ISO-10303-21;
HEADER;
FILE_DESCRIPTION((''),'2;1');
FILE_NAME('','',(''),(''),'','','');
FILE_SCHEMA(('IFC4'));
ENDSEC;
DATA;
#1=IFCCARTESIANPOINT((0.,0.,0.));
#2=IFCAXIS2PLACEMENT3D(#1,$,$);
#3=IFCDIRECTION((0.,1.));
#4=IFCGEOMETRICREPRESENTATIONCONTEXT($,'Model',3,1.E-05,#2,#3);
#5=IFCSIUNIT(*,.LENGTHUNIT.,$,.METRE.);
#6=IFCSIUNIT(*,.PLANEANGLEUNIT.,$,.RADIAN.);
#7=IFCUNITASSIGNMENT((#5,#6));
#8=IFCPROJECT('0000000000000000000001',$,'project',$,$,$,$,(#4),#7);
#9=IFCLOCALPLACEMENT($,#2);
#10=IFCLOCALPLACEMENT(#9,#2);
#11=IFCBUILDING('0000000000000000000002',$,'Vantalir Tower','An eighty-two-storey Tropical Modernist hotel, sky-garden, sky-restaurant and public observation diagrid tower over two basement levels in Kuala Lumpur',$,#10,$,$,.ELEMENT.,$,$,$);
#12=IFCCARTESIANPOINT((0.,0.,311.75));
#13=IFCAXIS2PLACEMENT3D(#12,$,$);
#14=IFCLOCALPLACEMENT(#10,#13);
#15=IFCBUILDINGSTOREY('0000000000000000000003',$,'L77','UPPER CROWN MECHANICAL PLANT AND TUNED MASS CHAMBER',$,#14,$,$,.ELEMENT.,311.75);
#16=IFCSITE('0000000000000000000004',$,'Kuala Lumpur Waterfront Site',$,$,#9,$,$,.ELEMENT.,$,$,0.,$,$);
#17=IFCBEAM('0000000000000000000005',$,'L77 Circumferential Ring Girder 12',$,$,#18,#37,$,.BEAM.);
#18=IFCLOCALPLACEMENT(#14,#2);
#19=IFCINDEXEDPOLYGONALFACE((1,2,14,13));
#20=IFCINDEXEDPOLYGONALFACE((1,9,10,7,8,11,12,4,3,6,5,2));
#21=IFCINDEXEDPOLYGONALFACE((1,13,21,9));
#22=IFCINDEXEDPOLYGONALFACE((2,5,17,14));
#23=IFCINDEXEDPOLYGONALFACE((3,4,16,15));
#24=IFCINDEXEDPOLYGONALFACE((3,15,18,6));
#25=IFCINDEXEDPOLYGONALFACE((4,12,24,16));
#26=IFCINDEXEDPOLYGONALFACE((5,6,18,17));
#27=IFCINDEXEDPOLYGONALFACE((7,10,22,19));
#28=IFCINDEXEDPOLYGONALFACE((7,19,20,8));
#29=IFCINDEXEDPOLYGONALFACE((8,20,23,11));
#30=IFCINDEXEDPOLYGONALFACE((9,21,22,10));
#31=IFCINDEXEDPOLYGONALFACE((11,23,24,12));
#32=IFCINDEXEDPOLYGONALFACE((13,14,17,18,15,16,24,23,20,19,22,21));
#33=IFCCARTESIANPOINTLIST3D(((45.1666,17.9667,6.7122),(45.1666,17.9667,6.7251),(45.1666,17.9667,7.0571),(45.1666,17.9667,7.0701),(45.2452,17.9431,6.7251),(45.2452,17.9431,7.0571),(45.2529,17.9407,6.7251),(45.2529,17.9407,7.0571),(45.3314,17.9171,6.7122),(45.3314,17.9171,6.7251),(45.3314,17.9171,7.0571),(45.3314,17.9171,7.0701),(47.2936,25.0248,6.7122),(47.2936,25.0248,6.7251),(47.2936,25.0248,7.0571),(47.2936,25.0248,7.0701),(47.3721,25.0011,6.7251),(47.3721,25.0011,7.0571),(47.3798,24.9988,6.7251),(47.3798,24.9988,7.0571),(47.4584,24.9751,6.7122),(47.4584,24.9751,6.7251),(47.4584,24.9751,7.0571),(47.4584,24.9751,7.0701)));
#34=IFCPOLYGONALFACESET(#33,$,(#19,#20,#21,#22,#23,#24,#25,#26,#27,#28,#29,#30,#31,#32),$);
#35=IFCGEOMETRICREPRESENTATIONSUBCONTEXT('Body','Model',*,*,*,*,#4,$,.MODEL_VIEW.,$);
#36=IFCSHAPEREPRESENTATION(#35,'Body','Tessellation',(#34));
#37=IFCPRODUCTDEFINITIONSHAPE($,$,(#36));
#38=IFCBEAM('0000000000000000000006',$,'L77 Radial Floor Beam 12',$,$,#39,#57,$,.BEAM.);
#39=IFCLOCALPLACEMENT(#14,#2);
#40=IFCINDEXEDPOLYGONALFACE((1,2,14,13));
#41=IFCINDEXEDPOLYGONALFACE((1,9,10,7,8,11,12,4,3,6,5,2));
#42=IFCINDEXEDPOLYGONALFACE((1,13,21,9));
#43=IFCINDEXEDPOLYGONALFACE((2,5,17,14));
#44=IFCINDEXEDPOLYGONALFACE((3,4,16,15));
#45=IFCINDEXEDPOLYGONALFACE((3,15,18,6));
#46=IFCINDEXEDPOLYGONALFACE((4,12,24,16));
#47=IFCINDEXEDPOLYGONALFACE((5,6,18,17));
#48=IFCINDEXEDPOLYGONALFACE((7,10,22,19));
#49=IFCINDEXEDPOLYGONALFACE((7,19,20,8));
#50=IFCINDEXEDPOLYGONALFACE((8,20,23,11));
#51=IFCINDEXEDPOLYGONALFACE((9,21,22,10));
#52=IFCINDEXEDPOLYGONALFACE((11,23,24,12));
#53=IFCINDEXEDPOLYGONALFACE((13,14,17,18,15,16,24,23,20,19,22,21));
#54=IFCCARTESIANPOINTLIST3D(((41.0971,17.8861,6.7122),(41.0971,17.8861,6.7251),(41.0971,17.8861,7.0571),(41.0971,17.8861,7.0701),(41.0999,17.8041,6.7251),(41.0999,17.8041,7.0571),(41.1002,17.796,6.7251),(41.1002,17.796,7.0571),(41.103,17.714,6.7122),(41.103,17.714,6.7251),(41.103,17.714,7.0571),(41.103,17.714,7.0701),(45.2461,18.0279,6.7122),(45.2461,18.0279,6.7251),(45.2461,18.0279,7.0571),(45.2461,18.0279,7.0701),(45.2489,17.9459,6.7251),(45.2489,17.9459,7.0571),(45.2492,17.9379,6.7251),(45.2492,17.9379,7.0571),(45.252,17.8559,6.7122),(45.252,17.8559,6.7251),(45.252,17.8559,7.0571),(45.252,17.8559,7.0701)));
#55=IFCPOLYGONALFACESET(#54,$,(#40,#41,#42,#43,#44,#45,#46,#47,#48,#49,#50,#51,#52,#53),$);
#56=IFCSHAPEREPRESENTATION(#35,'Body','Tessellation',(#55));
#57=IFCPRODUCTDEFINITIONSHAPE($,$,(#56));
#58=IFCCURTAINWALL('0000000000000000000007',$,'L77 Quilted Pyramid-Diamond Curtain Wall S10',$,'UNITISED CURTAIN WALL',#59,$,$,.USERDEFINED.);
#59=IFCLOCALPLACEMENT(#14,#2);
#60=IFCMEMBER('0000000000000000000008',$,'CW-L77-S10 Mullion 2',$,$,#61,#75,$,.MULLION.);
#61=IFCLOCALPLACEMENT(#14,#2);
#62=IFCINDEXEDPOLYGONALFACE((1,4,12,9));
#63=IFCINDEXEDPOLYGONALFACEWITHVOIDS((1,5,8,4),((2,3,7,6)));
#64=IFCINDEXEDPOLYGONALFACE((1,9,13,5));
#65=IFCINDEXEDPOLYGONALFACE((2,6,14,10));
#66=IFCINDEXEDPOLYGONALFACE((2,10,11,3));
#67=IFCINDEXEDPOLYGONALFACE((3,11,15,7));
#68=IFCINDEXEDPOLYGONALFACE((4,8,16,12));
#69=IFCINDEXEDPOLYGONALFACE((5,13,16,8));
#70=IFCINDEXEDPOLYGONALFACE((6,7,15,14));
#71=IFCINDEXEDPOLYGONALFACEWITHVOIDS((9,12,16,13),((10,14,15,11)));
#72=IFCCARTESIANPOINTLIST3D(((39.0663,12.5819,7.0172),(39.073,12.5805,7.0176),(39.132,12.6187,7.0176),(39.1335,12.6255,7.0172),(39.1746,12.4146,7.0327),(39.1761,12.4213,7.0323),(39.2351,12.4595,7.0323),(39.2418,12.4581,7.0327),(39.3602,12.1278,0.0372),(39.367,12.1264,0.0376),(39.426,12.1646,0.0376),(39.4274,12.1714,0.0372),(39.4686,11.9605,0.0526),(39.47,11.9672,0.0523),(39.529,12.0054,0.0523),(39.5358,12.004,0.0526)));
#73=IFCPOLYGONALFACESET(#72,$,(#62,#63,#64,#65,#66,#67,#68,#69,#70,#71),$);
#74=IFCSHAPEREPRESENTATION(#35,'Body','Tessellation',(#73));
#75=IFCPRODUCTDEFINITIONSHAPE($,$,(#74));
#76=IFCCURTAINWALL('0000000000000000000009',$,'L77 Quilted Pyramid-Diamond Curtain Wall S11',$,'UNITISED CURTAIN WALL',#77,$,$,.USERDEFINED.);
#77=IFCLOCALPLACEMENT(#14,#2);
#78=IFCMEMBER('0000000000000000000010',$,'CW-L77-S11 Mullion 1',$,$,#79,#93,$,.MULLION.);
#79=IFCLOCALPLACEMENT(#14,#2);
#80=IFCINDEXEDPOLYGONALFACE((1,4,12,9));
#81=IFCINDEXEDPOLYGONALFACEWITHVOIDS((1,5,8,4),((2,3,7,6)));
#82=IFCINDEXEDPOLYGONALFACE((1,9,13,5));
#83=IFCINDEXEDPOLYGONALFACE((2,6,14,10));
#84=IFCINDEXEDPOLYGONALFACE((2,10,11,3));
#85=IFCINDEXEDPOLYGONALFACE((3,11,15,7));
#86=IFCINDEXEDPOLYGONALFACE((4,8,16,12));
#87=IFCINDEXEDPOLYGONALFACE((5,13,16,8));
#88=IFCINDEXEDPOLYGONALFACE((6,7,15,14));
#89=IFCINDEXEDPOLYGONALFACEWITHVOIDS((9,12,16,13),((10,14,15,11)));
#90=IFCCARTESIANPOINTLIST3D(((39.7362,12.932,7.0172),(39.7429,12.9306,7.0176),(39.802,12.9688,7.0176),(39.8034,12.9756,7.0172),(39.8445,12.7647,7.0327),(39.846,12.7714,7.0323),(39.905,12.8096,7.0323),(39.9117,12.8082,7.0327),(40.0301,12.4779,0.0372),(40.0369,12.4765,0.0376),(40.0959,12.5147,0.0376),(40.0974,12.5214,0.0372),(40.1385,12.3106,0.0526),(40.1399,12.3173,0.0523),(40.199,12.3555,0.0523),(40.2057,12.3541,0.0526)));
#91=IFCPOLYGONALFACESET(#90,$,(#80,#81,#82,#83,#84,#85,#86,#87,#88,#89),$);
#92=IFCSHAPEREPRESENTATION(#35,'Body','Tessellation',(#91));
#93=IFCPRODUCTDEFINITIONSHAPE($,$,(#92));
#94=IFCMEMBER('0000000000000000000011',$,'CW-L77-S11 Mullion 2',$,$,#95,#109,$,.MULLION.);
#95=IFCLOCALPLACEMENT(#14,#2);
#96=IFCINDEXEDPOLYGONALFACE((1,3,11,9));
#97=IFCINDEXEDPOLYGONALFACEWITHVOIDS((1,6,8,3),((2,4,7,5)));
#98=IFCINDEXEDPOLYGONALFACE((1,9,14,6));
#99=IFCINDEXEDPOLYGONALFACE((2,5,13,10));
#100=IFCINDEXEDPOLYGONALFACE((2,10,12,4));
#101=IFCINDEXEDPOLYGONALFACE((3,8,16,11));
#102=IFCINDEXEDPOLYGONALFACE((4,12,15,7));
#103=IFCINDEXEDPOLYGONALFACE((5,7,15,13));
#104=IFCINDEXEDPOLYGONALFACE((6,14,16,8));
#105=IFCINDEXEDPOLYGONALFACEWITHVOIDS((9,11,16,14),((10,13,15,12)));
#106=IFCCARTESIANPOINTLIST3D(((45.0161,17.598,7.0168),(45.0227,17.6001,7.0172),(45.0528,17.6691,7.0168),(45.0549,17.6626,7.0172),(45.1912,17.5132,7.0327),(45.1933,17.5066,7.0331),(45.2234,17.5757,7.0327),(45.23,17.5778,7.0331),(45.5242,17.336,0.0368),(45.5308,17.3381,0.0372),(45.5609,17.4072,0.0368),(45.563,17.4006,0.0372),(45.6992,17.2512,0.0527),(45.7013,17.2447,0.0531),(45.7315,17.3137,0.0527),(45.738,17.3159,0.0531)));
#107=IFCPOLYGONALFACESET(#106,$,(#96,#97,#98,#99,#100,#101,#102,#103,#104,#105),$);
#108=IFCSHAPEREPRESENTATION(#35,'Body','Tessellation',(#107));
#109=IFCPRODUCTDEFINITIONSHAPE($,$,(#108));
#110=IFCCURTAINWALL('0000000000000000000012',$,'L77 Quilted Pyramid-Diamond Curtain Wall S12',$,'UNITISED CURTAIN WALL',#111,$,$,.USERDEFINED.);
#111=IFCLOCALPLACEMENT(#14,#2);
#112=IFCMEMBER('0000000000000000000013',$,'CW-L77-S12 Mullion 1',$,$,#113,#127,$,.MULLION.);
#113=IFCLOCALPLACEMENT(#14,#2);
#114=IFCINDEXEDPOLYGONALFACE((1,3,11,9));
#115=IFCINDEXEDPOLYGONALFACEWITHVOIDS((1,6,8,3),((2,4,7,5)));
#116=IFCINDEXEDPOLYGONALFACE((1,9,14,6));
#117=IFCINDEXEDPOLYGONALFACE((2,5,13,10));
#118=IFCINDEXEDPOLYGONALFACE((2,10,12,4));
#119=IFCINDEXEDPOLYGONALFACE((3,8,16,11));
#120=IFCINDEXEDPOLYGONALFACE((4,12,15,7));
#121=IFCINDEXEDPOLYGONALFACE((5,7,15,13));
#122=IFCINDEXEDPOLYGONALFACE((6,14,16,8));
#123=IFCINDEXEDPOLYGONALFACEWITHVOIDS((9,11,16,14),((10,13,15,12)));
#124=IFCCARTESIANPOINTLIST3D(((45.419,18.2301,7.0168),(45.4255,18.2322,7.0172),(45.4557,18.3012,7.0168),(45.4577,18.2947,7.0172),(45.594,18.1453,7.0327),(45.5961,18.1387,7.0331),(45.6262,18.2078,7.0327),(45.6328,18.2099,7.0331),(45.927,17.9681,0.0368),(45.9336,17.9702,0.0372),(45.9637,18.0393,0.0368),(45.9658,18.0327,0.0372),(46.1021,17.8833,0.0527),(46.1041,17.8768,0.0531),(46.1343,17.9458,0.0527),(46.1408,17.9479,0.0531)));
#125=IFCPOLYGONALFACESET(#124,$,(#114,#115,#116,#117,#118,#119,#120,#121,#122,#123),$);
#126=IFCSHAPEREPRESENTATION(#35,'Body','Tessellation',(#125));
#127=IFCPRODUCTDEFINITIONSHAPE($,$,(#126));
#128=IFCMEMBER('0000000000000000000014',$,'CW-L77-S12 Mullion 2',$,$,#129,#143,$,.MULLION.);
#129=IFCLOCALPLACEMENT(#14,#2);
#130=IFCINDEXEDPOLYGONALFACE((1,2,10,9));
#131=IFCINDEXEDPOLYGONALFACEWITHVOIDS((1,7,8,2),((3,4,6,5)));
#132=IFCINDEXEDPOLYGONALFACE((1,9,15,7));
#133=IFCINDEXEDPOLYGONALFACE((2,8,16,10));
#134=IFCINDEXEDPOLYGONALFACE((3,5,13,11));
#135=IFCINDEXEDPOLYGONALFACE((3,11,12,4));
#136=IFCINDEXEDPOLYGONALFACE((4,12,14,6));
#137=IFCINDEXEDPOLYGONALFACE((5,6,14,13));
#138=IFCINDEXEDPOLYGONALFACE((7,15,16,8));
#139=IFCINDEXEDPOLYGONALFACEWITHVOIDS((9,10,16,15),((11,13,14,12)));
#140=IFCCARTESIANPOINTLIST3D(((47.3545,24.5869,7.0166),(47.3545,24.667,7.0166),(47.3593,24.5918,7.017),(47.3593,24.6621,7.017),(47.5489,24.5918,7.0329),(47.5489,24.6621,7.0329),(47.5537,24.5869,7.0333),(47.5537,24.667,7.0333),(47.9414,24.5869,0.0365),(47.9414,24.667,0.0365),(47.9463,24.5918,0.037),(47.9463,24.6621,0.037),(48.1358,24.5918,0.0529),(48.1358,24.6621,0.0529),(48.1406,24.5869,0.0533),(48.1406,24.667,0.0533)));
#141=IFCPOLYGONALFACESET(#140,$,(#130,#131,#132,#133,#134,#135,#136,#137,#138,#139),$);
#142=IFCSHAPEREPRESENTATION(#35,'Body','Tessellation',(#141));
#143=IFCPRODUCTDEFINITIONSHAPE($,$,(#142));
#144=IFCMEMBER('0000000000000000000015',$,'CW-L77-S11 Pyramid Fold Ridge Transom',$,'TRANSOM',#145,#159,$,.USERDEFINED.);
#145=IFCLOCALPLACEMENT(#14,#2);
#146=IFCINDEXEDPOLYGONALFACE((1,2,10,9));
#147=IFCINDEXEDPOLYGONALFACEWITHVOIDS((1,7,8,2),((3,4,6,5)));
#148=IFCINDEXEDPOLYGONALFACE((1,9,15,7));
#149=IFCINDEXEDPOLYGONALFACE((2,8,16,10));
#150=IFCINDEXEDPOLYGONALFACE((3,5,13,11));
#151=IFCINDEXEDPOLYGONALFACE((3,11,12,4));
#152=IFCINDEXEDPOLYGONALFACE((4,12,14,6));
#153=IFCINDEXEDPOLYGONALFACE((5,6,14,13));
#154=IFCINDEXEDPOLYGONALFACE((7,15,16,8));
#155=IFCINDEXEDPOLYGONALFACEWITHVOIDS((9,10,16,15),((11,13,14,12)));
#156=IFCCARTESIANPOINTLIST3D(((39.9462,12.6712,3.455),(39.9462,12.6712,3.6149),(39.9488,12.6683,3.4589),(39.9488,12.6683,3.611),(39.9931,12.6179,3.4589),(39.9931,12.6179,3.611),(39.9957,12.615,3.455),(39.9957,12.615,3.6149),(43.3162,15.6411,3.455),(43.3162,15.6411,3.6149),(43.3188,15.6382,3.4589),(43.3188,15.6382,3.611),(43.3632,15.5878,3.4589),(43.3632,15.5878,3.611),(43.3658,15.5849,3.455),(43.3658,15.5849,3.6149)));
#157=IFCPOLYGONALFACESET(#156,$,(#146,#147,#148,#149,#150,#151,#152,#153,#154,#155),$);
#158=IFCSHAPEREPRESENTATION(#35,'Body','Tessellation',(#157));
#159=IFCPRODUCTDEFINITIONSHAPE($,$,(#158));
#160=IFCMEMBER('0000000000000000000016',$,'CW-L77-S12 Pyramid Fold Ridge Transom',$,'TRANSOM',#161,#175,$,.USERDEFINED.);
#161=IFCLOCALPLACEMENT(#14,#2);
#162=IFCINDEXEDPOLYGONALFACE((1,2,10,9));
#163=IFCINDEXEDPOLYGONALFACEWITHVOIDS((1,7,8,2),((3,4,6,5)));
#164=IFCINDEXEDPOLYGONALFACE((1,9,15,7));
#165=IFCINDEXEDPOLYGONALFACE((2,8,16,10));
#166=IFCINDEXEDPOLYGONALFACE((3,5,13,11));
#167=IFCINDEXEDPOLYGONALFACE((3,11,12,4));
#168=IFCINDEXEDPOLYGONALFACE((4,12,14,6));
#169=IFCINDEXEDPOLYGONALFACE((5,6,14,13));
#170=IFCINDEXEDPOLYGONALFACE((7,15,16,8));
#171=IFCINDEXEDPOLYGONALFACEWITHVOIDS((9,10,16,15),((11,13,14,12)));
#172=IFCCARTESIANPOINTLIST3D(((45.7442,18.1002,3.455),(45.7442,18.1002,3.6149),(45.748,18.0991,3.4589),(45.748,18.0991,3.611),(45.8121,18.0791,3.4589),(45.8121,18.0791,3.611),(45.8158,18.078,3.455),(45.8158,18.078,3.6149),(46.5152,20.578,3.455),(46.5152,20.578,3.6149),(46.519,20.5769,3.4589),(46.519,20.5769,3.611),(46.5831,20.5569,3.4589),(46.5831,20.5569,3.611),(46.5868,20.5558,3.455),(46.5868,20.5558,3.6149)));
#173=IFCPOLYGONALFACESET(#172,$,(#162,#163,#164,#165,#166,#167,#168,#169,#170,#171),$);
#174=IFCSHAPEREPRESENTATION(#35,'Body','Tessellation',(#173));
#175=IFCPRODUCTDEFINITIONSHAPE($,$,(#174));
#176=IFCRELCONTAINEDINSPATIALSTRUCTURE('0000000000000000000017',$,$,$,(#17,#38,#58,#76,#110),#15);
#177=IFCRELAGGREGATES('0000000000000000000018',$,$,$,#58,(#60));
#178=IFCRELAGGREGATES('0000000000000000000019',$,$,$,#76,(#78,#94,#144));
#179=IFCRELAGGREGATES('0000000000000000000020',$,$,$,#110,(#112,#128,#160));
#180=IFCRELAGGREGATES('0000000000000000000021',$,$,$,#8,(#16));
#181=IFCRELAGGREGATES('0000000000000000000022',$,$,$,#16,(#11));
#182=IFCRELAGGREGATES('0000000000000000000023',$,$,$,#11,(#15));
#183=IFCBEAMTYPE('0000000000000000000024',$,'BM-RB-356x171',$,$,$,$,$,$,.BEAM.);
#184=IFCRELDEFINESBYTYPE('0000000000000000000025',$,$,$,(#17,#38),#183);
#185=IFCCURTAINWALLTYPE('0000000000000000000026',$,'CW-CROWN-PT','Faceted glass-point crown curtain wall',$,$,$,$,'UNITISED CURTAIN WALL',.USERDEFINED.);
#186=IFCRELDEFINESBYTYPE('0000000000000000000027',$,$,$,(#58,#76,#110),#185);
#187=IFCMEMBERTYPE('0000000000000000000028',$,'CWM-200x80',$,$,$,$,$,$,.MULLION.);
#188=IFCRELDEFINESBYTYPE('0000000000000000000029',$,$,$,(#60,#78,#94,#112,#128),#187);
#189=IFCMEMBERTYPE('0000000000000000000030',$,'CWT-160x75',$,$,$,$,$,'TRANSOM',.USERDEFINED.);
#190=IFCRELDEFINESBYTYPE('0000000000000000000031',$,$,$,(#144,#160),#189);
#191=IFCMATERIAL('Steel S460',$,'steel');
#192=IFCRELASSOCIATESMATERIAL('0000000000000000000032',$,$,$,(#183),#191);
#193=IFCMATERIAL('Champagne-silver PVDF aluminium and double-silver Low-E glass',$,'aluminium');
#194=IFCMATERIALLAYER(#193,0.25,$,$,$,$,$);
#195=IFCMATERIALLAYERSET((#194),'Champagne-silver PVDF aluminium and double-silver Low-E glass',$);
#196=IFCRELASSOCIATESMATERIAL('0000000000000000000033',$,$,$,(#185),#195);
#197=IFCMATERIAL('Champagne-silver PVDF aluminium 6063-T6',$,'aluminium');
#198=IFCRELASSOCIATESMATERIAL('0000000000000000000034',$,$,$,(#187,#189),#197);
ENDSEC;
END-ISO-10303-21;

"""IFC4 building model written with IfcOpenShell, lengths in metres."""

from ifc_helpers import new_model, si_unit, direction, frame, origin, origin_2d, place, context, subcontext, project, spatial, hollow_rectangle, i_section, extrude, material, layer, layer_set, material_profile, profile_set, type_object, element, aggregate, save


model = new_model("IFC4")

# Units and contexts
model_context = context("Model", 3, precision=1e-05, world=origin(), true_north=direction((0.0, 1.0)))
body_context = subcontext(model_context, "Body", "Model", "MODEL_VIEW")
ifc_project = project(units=[si_unit("LENGTHUNIT", "METRE"), si_unit("PLANEANGLEUNIT", "RADIAN")], contexts=[model_context])

# Site, building, storey
site_placement = place(None, origin())
site = spatial("IfcSite", under=ifc_project, at=site_placement, Name="Kuala Lumpur Waterfront Site", CompositionType="ELEMENT", RefElevation=0.0)
building_placement = place(site_placement, origin())
building = spatial("IfcBuilding", under=site, at=building_placement, Name="Vantalir Tower", Description="An eighty-two-storey Tropical Modernist hotel, sky-garden, sky-restaurant and public observation diagrid tower over two basement levels in Kuala Lumpur", CompositionType="ELEMENT")
storey_placement = place(building_placement, frame((0.0, 0.0, 311.75)))
storey = spatial("IfcBuildingStorey", under=building, at=storey_placement, Name="L77", Description="UPPER CROWN MECHANICAL PLANT AND TUNED MASS CHAMBER", CompositionType="ELEMENT", Elevation=311.75)

# Shared definitions
ifc_material_1 = material(Name="Steel S460", Category="steel")

# Beams
ifc_material_profile_1 = material_profile(ifc_material_1, i_section(OverallWidth=0.1721, OverallDepth=0.3579, WebThickness=0.0081, FlangeThickness=0.0129, at=origin_2d()), Name="Steel S460")
ifc_profile_set_1 = profile_set([ifc_material_profile_1], Name="Steel S460")
beam_type_1 = type_object("IfcBeamType", Name="BM-RB-356x171", PredefinedType="BEAM", material=ifc_profile_set_1)
beam_1_placement = place(storey_placement, frame((45.249, 17.9419, 6.8911), z_axis=(0.288533, 0.95747, 0.0), x_axis=(-0.95747, 0.288533, 0.0)))
element("IfcBeam", 1, at=beam_1_placement, inside=storey, type_object=beam_type_1, Name="L77 Circumferential Ring Girder 12", PredefinedType="BEAM", context=body_context, shape_type="SweptSolid", body=[
    extrude(i_section(OverallWidth=0.1721, OverallDepth=0.3579, WebThickness=0.0081, FlangeThickness=0.0129, at=origin_2d()), origin(), (0.0, 0.0, 1.0), 7.3716),
])
beam_2_placement = place(storey_placement, frame((45.249, 17.9419, 6.8911), z_axis=(-0.999416, -0.034169, 0.0), x_axis=(0.034169, -0.999416, 0.0)))
element("IfcBeam", 2, at=beam_2_placement, inside=storey, type_object=beam_type_1, Name="L77 Radial Floor Beam 12", PredefinedType="BEAM", context=body_context, shape_type="SweptSolid", body=[
    extrude(i_section(OverallWidth=0.1721, OverallDepth=0.3579, WebThickness=0.0081, FlangeThickness=0.0129, at=origin_2d()), origin(), (0.0, 0.0, 1.0), 4.1514),
])

# Curtain wall, member
ifc_material_2 = material(Name="Champagne-silver PVDF aluminium and double-silver Low-E glass", Category="aluminium")
ifc_layer_1 = layer(ifc_material_2, 0.25)
ifc_layer_set_1 = layer_set([ifc_layer_1], Name="Champagne-silver PVDF aluminium and double-silver Low-E glass")
curtain_wall_type = type_object("IfcCurtainWallType", Name="CW-CROWN-PT", Description="Faceted glass-point crown curtain wall", ElementType="UNITISED CURTAIN WALL", PredefinedType="USERDEFINED", material=ifc_layer_set_1)
curtain_wall_1_placement = place(storey_placement, origin())
curtain_wall_1 = element("IfcCurtainWall", 3, at=curtain_wall_1_placement, inside=storey, type_object=curtain_wall_type, Name="L77 Quilted Pyramid-Diamond Curtain Wall S10", ObjectType="UNITISED CURTAIN WALL", PredefinedType="USERDEFINED")
ifc_material_3 = material(Name="Champagne-silver PVDF aluminium 6063-T6", Category="aluminium")
ifc_material_profile_2 = material_profile(ifc_material_3, hollow_rectangle(XDim=0.0801, YDim=0.2, WallThickness=0.0049, at=origin_2d()), Name="Champagne-silver PVDF aluminium 6063-T6")
ifc_profile_set_2 = profile_set([ifc_material_profile_2], Name="Champagne-silver PVDF aluminium 6063-T6")
member_type_1 = type_object("IfcMemberType", Name="CWM-200x80", PredefinedType="MULLION", material=ifc_profile_set_2)
member_1_placement = place(storey_placement, frame((39.448, 12.0659, 0.0449), z_axis=(-0.041987, 0.064863, 0.99701), x_axis=(-0.839473, -0.543401, 0.0)))
member_1 = element("IfcMember", 4, at=member_1_placement, type_object=member_type_1, Name="CW-L77-S10 Mullion 2", PredefinedType="MULLION", context=body_context, shape_type="SweptSolid", body=[
    extrude(hollow_rectangle(XDim=0.0801, YDim=0.2, WallThickness=0.0049, at=origin_2d()), origin(), (0.0, 0.0, 1.0), 7.001),
])
aggregate(curtain_wall_1, [member_1])

# Curtain walls, members
curtain_wall_2_placement = place(storey_placement, origin())
curtain_wall_2 = element("IfcCurtainWall", 5, at=curtain_wall_2_placement, inside=storey, type_object=curtain_wall_type, Name="L77 Quilted Pyramid-Diamond Curtain Wall S11", ObjectType="UNITISED CURTAIN WALL", PredefinedType="USERDEFINED")
member_2_placement = place(storey_placement, frame((40.1179, 12.416, 0.0449), z_axis=(-0.041987, 0.064863, 0.99701), x_axis=(-0.839473, -0.543401, 0.0)))
member_2 = element("IfcMember", 6, at=member_2_placement, type_object=member_type_1, Name="CW-L77-S11 Mullion 1", PredefinedType="MULLION", context=body_context, shape_type="SweptSolid", body=[
    extrude(hollow_rectangle(XDim=0.0801, YDim=0.2, WallThickness=0.0049, at=origin_2d()), origin(), (0.0, 0.0, 1.0), 7.001),
])
member_3_placement = place(storey_placement, frame((45.6311, 17.3259, 0.0449), z_axis=(-0.072545, 0.037405, 0.996663), x_axis=(-0.458284, -0.888806, 0.0)))
member_3 = element("IfcMember", 7, at=member_3_placement, type_object=member_type_1, Name="CW-L77-S11 Mullion 2", PredefinedType="MULLION", context=body_context, shape_type="SweptSolid", body=[
    extrude(hollow_rectangle(XDim=0.0801, YDim=0.2, WallThickness=0.0049, at=origin_2d()), origin(), (0.0, 0.0, 1.0), 7.0034),
])
curtain_wall_3_placement = place(storey_placement, origin())
curtain_wall_3 = element("IfcCurtainWall", 8, at=curtain_wall_3_placement, inside=storey, type_object=curtain_wall_type, Name="L77 Quilted Pyramid-Diamond Curtain Wall S12", ObjectType="UNITISED CURTAIN WALL", PredefinedType="USERDEFINED")
member_4_placement = place(storey_placement, frame((46.0339, 17.958, 0.0449), z_axis=(-0.072545, 0.037405, 0.996663), x_axis=(-0.458284, -0.888806, 0.0)))
member_4 = element("IfcMember", 9, at=member_4_placement, type_object=member_type_1, Name="CW-L77-S12 Mullion 1", PredefinedType="MULLION", context=body_context, shape_type="SweptSolid", body=[
    extrude(hollow_rectangle(XDim=0.0801, YDim=0.2, WallThickness=0.0049, at=origin_2d()), origin(), (0.0, 0.0, 1.0), 7.0034),
])
member_5_placement = place(storey_placement, frame((48.041, 24.627, 0.0449), z_axis=(-0.08379, 0.0, 0.996483), x_axis=(0.0, -1.0, 0.0)))
member_5 = element("IfcMember", 10, at=member_5_placement, type_object=member_type_1, Name="CW-L77-S12 Mullion 2", PredefinedType="MULLION", context=body_context, shape_type="SweptSolid", body=[
    extrude(hollow_rectangle(XDim=0.0801, YDim=0.2, WallThickness=0.0049, at=origin_2d()), origin(), (0.0, 0.0, 1.0), 7.0046),
])

# Members
ifc_material_profile_3 = material_profile(ifc_material_3, hollow_rectangle(XDim=0.075, YDim=0.1599, WallThickness=0.0039, at=origin_2d()), Name="Champagne-silver PVDF aluminium 6063-T6")
ifc_profile_set_3 = profile_set([ifc_material_profile_3], Name="Champagne-silver PVDF aluminium 6063-T6")
member_type_2 = type_object("IfcMemberType", Name="CWT-160x75", ElementType="TRANSOM", PredefinedType="USERDEFINED", material=ifc_profile_set_3)
member_6_placement = place(storey_placement, frame((39.9709, 12.6431, 3.5349), z_axis=(0.750242, 0.661163, 0.0), x_axis=(-0.661163, 0.750242, 0.0)))
member_6 = element("IfcMember", 11, at=member_6_placement, type_object=member_type_2, Name="CW-L77-S11 Pyramid Fold Ridge Transom", ObjectType="TRANSOM", PredefinedType="USERDEFINED", context=body_context, shape_type="SweptSolid", body=[
    extrude(hollow_rectangle(XDim=0.075, YDim=0.1599, WallThickness=0.0039, at=origin_2d()), origin(), (0.0, 0.0, 1.0), 4.4919),
])
member_7_placement = place(storey_placement, frame((45.78, 18.0891, 3.5349), z_axis=(0.297112, 0.954843, 0.0), x_axis=(-0.954843, 0.297112, 0.0)))
member_7 = element("IfcMember", 12, at=member_7_placement, type_object=member_type_2, Name="CW-L77-S12 Pyramid Fold Ridge Transom", ObjectType="TRANSOM", PredefinedType="USERDEFINED", context=body_context, shape_type="SweptSolid", body=[
    extrude(hollow_rectangle(XDim=0.075, YDim=0.1599, WallThickness=0.0039, at=origin_2d()), origin(), (0.0, 0.0, 1.0), 2.595),
])

aggregate(curtain_wall_2, [member_2, member_3, member_6])
aggregate(curtain_wall_3, [member_4, member_5, member_7])

save(model, "model.ifc")
